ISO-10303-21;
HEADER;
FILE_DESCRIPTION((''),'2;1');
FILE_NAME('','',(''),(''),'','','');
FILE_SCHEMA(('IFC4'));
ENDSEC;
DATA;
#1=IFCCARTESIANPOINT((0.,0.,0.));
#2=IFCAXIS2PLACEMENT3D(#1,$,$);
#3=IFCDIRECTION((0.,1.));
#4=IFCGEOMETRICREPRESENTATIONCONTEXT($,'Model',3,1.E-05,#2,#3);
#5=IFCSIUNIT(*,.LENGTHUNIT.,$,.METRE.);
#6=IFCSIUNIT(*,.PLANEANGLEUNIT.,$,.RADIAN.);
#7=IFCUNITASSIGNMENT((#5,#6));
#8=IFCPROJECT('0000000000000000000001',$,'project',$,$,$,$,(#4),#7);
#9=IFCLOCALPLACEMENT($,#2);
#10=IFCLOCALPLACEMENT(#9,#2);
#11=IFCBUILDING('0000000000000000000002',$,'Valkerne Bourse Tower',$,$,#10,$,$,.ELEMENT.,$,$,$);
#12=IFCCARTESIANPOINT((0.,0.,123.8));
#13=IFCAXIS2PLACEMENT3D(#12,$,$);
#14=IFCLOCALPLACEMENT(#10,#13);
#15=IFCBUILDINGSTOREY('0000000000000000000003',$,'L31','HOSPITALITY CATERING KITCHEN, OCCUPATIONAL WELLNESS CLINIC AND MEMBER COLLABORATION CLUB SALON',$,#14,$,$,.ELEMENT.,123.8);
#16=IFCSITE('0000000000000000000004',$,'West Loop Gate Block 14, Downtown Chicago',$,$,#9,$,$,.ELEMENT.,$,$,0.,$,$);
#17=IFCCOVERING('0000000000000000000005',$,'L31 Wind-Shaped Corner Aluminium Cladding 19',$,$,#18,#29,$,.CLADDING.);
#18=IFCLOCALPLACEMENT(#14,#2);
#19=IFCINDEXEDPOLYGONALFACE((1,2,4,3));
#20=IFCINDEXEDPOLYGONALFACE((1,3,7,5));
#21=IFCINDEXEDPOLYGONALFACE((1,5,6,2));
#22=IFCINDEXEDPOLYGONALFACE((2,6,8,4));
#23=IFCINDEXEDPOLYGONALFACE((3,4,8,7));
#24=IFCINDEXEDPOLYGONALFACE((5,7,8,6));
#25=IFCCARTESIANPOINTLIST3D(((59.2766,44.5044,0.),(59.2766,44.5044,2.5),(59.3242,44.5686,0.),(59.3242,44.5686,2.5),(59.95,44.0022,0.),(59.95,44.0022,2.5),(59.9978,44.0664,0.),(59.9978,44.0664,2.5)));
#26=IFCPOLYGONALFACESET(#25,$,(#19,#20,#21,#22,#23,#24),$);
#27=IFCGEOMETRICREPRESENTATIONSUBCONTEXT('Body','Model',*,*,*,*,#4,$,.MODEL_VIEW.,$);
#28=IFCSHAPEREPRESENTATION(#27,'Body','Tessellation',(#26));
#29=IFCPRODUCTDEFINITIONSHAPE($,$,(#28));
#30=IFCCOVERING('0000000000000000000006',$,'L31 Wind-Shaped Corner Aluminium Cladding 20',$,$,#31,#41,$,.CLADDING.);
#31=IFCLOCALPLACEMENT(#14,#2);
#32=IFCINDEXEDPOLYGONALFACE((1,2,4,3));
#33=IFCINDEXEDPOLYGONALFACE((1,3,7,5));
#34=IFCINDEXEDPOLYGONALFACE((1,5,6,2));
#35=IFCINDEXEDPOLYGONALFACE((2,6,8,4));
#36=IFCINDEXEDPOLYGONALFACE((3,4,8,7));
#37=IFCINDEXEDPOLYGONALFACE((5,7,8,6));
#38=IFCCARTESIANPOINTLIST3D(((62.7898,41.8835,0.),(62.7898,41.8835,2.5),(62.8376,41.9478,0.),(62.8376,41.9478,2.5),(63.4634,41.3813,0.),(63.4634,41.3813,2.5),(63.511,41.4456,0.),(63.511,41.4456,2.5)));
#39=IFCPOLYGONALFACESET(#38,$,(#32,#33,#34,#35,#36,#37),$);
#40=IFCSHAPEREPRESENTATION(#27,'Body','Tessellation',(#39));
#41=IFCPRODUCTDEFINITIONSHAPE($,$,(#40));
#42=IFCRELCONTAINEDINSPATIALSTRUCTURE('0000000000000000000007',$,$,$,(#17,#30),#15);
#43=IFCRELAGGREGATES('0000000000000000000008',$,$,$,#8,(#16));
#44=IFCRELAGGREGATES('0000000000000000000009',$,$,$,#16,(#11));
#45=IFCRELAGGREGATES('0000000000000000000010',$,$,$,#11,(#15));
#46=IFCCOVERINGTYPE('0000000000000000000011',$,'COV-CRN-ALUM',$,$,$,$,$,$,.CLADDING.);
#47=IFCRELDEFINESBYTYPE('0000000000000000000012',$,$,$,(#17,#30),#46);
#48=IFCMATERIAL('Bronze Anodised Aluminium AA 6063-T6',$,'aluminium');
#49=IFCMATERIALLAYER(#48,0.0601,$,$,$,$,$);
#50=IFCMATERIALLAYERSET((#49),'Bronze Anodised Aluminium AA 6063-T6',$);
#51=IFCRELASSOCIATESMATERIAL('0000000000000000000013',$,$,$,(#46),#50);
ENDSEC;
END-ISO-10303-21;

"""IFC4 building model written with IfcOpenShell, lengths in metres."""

from ifc_helpers import new_model, si_unit, direction, frame, origin, place, context, subcontext, project, spatial, polyline, outline, extrude, material, layer, layer_set, type_object, element, save


model = new_model("IFC4")

# Units and contexts
model_context = context("Model", 3, precision=1e-05, world=origin(), true_north=direction((0.0, 1.0)))
body_context = subcontext(model_context, "Body", "Model", "MODEL_VIEW")
ifc_project = project(units=[si_unit("LENGTHUNIT", "METRE"), si_unit("PLANEANGLEUNIT", "RADIAN")], contexts=[model_context])

# Site, building, storey
site_placement = place(None, origin())
site = spatial("IfcSite", under=ifc_project, at=site_placement, Name="West Loop Gate Block 14, Downtown Chicago", CompositionType="ELEMENT", RefElevation=0.0)
building_placement = place(site_placement, origin())
building = spatial("IfcBuilding", under=site, at=building_placement, Name="Valkerne Bourse Tower", CompositionType="ELEMENT")
storey_placement = place(building_placement, frame((0.0, 0.0, 123.8)))
storey = spatial("IfcBuildingStorey", under=building, at=storey_placement, Name="L31", Description="HOSPITALITY CATERING KITCHEN, OCCUPATIONAL WELLNESS CLINIC AND MEMBER COLLABORATION CLUB SALON", CompositionType="ELEMENT", Elevation=123.8)

# Coverings
ifc_material_1 = material(Name="Bronze Anodised Aluminium AA 6063-T6", Category="aluminium")
ifc_layer_1 = layer(ifc_material_1, 0.0601)
ifc_layer_set_1 = layer_set([ifc_layer_1], Name="Bronze Anodised Aluminium AA 6063-T6")
covering_type = type_object("IfcCoveringType", Name="COV-CRN-ALUM", PredefinedType="CLADDING", material=ifc_layer_set_1)
covering_1_placement = place(storey_placement, origin())
element("IfcCovering", 1, at=covering_1_placement, inside=storey, type_object=covering_type, Name="L31 Wind-Shaped Corner Aluminium Cladding 19", PredefinedType="CLADDING", context=body_context, shape_type="SweptSolid", body=[
    extrude(outline(polyline([(59.9978, 44.0664), (59.95, 44.0022), (59.2766, 44.5044), (59.3242, 44.5686), (59.9978, 44.0664)])), origin(), (0.0, 0.0, 1.0), 2.5),
])
covering_2_placement = place(storey_placement, origin())
element("IfcCovering", 2, at=covering_2_placement, inside=storey, type_object=covering_type, Name="L31 Wind-Shaped Corner Aluminium Cladding 20", PredefinedType="CLADDING", context=body_context, shape_type="SweptSolid", body=[
    extrude(outline(polyline([(63.511, 41.4456), (63.4634, 41.3813), (62.7898, 41.8835), (62.8376, 41.9478), (63.511, 41.4456)])), origin(), (0.0, 0.0, 1.0), 2.5),
])

save(model, "model.ifc")
